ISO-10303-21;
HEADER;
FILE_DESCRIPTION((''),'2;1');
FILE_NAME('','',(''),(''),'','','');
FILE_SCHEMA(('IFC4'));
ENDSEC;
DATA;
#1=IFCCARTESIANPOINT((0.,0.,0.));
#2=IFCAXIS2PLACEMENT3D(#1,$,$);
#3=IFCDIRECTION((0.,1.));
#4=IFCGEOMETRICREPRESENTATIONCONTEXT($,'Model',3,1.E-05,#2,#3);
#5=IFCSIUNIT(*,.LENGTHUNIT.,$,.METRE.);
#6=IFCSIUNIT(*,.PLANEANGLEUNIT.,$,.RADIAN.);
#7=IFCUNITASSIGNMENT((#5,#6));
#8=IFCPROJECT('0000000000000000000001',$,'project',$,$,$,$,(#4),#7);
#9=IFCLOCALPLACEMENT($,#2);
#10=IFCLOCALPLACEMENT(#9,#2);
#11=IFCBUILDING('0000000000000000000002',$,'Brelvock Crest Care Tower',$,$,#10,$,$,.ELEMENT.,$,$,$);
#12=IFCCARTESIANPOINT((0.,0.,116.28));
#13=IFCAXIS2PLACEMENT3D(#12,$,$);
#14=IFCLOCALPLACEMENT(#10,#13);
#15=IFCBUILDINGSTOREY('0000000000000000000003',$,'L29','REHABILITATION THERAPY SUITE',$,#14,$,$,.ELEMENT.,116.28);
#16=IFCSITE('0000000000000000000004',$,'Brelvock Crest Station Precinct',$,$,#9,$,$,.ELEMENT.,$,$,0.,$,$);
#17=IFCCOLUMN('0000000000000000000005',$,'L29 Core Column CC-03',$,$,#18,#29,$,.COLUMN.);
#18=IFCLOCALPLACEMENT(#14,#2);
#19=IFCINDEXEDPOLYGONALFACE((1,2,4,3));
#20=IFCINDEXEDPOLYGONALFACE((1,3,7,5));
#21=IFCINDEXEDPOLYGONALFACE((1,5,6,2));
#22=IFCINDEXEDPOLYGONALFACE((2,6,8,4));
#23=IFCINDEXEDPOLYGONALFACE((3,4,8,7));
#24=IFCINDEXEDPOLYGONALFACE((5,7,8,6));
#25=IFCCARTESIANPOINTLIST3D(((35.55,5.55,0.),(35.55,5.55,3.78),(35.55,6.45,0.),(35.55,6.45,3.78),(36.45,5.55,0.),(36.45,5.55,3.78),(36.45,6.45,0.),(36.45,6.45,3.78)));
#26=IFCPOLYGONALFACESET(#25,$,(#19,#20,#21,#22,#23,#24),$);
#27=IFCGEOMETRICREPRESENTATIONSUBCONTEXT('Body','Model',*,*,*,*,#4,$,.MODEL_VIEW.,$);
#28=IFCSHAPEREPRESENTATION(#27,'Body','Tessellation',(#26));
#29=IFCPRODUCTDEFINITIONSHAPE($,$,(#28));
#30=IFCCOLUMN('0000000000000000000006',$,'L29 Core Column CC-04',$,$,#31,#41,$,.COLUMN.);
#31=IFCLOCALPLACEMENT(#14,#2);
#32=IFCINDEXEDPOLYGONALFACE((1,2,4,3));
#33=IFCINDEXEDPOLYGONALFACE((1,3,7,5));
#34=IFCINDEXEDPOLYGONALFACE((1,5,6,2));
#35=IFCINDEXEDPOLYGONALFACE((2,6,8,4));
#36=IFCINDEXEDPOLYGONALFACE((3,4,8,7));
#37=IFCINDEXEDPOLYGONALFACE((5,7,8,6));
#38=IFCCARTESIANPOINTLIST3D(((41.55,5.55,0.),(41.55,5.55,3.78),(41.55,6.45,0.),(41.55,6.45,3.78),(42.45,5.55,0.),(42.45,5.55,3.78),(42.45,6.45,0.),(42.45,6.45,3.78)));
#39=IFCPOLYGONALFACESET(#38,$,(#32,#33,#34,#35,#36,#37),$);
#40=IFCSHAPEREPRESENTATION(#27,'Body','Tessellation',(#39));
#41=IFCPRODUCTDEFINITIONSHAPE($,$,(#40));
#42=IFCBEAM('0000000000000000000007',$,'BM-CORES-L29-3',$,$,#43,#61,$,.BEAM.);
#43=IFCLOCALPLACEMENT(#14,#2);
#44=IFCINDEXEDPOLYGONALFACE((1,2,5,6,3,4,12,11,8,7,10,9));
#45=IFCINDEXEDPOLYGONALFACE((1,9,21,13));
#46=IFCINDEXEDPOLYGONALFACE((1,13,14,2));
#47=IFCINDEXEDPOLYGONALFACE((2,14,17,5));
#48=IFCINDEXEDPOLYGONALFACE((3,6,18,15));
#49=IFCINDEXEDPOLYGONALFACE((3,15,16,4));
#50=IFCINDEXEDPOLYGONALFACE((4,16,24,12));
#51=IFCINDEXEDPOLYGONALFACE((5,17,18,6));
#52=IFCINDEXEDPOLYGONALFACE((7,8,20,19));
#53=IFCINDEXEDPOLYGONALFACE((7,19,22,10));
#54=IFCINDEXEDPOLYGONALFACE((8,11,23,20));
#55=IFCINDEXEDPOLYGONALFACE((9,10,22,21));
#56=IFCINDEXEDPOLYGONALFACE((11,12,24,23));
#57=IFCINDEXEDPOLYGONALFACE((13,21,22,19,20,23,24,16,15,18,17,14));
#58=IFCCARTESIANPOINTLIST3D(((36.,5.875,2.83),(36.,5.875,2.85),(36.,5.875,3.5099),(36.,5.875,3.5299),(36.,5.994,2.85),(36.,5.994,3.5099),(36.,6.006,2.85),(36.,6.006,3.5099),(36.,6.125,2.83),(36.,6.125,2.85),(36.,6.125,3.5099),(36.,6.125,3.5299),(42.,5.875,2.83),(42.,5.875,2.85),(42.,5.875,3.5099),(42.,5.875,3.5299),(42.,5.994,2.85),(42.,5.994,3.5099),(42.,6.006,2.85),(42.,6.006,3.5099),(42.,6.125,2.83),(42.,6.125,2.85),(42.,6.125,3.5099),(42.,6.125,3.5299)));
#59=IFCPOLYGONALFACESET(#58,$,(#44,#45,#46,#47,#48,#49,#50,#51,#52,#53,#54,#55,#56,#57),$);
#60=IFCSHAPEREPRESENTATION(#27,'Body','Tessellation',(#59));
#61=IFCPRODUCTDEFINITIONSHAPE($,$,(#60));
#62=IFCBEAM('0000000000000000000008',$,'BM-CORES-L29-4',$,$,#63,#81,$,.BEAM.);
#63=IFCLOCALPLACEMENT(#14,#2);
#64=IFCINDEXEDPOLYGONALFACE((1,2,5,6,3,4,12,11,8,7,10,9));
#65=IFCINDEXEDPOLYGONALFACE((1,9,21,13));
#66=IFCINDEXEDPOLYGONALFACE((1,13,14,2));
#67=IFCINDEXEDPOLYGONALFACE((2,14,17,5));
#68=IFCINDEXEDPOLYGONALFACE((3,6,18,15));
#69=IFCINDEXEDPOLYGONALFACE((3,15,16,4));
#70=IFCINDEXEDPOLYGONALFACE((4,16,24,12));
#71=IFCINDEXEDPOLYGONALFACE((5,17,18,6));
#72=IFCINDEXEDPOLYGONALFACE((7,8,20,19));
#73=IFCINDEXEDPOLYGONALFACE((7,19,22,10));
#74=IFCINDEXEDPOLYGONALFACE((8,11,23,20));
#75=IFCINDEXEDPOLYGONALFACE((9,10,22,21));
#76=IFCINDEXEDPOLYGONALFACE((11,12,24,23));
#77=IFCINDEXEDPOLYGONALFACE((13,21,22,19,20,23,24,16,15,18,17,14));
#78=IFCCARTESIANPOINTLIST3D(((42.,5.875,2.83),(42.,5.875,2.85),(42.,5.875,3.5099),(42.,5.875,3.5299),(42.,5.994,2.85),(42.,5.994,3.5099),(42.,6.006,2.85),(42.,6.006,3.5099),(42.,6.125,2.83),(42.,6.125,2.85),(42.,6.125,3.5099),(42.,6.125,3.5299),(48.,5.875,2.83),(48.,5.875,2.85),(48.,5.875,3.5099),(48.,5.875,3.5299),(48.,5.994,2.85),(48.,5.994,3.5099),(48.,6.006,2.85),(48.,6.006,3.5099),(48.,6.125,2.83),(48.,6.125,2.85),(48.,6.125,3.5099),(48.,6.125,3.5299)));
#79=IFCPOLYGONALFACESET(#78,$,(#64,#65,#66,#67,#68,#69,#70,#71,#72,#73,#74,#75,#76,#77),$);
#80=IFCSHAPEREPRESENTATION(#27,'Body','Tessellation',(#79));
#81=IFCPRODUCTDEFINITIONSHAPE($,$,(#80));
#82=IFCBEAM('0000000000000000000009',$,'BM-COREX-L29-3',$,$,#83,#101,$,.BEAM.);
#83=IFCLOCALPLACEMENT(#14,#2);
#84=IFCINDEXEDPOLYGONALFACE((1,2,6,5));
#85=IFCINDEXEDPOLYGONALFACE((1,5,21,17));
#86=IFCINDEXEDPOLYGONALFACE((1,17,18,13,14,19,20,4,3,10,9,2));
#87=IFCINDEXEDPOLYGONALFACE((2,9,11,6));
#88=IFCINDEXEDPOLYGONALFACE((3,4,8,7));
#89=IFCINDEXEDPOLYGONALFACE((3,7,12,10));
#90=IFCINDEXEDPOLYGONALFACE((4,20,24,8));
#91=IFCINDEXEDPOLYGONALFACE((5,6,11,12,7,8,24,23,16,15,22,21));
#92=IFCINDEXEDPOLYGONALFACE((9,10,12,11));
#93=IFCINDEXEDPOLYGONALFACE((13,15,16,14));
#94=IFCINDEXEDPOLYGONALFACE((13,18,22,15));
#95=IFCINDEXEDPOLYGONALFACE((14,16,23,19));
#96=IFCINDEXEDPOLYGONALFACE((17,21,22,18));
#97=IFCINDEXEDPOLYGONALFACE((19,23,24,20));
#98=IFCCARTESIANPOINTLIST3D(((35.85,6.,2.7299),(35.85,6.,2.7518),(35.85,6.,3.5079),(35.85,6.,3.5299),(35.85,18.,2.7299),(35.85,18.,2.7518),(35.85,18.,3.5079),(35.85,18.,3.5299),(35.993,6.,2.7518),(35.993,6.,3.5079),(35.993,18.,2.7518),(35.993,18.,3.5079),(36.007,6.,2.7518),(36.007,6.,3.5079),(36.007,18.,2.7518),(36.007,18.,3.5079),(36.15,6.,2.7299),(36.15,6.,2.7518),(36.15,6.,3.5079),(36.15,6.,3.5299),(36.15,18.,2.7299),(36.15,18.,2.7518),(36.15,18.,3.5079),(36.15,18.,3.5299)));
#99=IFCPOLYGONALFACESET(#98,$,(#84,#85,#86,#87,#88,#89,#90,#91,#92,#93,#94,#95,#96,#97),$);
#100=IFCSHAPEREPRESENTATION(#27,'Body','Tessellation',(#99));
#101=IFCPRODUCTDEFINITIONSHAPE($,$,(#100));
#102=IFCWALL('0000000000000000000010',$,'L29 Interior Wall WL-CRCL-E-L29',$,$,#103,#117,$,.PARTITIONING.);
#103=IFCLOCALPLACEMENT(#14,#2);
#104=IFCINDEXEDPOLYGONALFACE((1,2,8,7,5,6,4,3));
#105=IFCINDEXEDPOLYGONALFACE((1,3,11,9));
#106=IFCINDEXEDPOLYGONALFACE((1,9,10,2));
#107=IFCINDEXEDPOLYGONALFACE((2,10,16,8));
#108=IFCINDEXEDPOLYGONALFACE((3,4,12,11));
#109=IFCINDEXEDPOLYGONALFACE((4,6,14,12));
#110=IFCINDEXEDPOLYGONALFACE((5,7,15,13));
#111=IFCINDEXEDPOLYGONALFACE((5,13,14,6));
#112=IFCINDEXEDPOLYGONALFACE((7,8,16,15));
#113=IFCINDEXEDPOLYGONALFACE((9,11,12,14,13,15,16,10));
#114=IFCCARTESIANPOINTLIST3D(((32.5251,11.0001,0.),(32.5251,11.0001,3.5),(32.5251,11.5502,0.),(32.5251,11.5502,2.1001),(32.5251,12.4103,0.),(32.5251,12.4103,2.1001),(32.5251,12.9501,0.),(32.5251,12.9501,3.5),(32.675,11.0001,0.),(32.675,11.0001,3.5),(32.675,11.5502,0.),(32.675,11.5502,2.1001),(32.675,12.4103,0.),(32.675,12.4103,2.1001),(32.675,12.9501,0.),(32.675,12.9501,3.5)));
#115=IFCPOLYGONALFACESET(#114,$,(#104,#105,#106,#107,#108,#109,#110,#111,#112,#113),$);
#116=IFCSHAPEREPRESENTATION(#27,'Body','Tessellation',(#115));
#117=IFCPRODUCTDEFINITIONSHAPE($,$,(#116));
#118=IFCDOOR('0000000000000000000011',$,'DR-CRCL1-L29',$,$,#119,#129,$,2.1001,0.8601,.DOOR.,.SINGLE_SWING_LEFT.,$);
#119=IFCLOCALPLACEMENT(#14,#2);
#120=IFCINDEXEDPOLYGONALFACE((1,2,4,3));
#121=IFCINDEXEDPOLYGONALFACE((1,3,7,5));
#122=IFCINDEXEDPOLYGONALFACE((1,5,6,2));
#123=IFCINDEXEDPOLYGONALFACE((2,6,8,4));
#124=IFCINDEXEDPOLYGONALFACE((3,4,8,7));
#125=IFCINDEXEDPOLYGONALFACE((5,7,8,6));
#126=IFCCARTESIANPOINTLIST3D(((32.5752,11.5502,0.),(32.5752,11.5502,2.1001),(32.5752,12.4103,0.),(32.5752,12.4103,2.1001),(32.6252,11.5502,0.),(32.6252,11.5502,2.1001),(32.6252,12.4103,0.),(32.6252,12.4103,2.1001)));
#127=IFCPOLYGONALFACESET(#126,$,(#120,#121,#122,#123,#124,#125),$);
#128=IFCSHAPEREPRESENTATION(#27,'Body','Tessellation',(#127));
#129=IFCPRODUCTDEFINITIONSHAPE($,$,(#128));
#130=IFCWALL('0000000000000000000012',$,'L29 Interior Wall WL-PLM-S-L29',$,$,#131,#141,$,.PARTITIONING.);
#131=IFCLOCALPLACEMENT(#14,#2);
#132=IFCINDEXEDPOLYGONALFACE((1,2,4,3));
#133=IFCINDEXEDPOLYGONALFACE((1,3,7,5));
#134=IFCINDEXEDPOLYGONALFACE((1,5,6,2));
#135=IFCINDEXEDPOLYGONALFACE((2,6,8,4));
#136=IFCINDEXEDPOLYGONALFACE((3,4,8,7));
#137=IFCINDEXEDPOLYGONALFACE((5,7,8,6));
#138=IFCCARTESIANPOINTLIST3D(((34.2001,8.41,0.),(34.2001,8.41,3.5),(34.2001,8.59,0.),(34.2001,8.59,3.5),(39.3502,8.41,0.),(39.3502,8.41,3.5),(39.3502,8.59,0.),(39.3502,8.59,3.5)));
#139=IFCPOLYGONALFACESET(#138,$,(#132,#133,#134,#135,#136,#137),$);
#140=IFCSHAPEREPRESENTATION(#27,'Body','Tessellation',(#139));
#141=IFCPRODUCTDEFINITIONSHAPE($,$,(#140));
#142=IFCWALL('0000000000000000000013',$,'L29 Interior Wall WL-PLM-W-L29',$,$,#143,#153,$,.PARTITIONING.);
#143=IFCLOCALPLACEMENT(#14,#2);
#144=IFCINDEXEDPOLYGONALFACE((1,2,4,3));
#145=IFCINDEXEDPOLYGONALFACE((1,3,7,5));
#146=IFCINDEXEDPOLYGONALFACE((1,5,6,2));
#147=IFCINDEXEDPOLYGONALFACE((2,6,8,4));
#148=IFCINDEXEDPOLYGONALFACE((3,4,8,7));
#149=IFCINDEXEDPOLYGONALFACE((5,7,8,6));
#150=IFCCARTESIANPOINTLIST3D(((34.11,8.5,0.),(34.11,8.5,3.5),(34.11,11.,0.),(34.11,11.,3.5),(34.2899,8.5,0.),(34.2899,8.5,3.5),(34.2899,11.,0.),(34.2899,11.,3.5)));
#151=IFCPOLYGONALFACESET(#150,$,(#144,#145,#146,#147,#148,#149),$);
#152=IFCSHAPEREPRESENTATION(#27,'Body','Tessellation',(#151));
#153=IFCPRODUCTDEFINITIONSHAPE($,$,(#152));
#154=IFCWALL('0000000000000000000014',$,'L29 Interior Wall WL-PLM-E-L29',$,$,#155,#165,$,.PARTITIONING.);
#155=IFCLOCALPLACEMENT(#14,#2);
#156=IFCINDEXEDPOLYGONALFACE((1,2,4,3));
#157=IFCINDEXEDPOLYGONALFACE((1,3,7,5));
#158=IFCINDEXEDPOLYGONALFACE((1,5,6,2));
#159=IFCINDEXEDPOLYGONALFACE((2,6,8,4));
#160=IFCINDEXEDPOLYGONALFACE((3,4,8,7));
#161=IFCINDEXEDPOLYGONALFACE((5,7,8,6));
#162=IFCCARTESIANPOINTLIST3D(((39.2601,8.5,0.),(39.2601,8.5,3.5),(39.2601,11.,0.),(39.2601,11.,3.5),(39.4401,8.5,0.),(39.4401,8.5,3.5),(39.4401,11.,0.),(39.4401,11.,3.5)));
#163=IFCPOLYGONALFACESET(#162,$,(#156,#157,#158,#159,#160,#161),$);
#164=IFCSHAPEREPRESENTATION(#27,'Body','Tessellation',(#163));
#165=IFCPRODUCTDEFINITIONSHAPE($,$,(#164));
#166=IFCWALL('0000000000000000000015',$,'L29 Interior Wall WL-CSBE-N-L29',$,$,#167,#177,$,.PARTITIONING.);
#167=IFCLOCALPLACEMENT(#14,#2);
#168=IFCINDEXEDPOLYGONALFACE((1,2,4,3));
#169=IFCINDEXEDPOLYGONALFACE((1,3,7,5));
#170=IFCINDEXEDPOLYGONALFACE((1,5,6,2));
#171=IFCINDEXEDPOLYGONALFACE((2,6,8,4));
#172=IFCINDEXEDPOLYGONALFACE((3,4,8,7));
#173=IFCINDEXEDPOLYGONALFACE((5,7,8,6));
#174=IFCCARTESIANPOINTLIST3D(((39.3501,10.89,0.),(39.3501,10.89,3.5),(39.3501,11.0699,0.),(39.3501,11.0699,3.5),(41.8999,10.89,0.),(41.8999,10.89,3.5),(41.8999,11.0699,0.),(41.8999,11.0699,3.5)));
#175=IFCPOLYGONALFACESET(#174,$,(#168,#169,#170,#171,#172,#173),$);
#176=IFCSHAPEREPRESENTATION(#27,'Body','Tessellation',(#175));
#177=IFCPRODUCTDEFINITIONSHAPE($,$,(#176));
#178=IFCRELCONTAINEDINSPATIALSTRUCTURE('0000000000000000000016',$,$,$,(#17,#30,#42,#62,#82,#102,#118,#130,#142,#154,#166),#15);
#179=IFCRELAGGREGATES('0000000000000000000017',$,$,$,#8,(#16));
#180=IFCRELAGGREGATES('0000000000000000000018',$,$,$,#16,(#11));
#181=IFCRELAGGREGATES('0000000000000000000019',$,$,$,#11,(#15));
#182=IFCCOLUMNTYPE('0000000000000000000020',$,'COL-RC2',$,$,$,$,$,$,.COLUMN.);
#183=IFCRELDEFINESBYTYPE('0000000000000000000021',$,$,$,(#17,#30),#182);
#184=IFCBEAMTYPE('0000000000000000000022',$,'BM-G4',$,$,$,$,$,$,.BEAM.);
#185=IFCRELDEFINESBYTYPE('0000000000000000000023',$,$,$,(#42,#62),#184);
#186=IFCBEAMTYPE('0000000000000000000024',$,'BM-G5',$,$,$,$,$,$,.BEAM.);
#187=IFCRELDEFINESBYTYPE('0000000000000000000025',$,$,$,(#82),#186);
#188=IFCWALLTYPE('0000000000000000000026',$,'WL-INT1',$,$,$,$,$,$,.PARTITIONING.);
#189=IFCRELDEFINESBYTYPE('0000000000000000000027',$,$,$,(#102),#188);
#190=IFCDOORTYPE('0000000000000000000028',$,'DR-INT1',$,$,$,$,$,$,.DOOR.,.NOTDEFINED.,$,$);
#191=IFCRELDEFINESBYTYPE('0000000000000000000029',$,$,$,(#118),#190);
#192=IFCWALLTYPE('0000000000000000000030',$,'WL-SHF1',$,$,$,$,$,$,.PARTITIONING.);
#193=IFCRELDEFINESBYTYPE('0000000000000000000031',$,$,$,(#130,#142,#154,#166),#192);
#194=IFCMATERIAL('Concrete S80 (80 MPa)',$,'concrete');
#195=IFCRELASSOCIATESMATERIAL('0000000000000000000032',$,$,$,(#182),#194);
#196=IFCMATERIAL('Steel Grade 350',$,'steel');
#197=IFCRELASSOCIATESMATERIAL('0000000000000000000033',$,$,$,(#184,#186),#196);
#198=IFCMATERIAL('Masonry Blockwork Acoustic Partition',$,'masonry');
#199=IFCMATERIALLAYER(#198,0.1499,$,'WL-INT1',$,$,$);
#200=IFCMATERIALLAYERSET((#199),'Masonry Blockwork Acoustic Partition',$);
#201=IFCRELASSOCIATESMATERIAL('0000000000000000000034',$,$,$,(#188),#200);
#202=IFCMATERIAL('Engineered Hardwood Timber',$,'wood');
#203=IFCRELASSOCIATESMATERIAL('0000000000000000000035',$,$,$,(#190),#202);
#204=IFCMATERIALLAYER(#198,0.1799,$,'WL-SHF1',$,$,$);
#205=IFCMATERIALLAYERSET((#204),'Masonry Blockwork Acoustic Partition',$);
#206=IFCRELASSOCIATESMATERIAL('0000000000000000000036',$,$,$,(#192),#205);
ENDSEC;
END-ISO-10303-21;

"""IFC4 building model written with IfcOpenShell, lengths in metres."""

from ifc_helpers import new_model, si_unit, direction, frame, frame_2d, origin, origin_2d, place, context, subcontext, project, spatial, rectangle, i_section, extrude, source, transform, mapped, material, layer, layer_set, material_profile, profile_set, type_object, element, fill, save


model = new_model("IFC4")

# Units and contexts
model_context = context("Model", 3, precision=1e-05, world=origin(), true_north=direction((0.0, 1.0)))
body_context = subcontext(model_context, "Body", "Model", "MODEL_VIEW")
ifc_project = project(units=[si_unit("LENGTHUNIT", "METRE"), si_unit("PLANEANGLEUNIT", "RADIAN")], contexts=[model_context])

# Site, building, storey
site_placement = place(None, origin())
site = spatial("IfcSite", under=ifc_project, at=site_placement, Name="Brelvock Crest Station Precinct", CompositionType="ELEMENT", RefElevation=0.0)
building_placement = place(site_placement, origin())
building = spatial("IfcBuilding", under=site, at=building_placement, Name="Brelvock Crest Care Tower", CompositionType="ELEMENT")
storey_placement = place(building_placement, frame((0.0, 0.0, 116.28)))
storey = spatial("IfcBuildingStorey", under=building, at=storey_placement, Name="L29", Description="REHABILITATION THERAPY SUITE", CompositionType="ELEMENT", Elevation=116.28)

# Columns
ifc_material_1 = material(Name="Concrete S80 (80 MPa)", Category="concrete")
ifc_material_profile_1 = material_profile(ifc_material_1, rectangle(XDim=0.8999, YDim=0.8999, at=origin_2d()), Name="RC900x900")
ifc_profile_set_1 = profile_set([ifc_material_profile_1], Name="Concrete S80 (80 MPa)")
column_type = type_object("IfcColumnType", Name="COL-RC2", PredefinedType="COLUMN", material=ifc_profile_set_1)
shared_shape_1 = source(origin(), body_context, "Body", "SweptSolid", [
    extrude(rectangle(XDim=0.8999, YDim=0.8999, at=origin_2d()), origin(), (0.0, 0.0, 1.0), 3.78),
])
for number, where, z_axis, x_axis, name in (
    (1, (36.0, 6.0, 0.0), (0.0, 0.0, 1.0), (1.0, 0.0, 0.0), "L29 Core Column CC-03"),
    (2, (42.0, 6.0, 0.0), (0.0, 0.0, 1.0), (1.0, 0.0, 0.0), "L29 Core Column CC-04"),
):
    element("IfcColumn", number, at=place(storey_placement, frame(where, z_axis=z_axis, x_axis=x_axis)), inside=storey, type_object=column_type, Name=name, PredefinedType="COLUMN", context=body_context, shape_type="MappedRepresentation", body=[
        mapped(shared_shape_1, transform((0.0, 0.0, 0.0), x_axis=(1.0, 0.0, 0.0), y_axis=(0.0, 1.0, 0.0), z_axis=(0.0, 0.0, 1.0), scale=1.0)),
    ])

# Beams
ifc_material_2 = material(Name="Steel Grade 350", Category="steel")
ifc_material_profile_2 = material_profile(ifc_material_2, i_section(OverallWidth=0.25, OverallDepth=0.7, WebThickness=0.012, FlangeThickness=0.02, at=origin_2d()), Name="700WB150")
ifc_profile_set_2 = profile_set([ifc_material_profile_2], Name="Steel Grade 350")
beam_type_1 = type_object("IfcBeamType", Name="BM-G4", PredefinedType="BEAM", material=ifc_profile_set_2)
shared_shape_2 = source(origin(), body_context, "Body", "SweptSolid", [
    extrude(i_section(OverallWidth=0.25, OverallDepth=0.7, WebThickness=0.012, FlangeThickness=0.02, at=origin_2d()), origin(), (0.0, 0.0, 1.0), 6.0),
])
for number, where, z_axis, x_axis, name in (
    (3, (36.0, 6.0, 3.1799), (1.0, 0.0, 0.0), (0.0, 1.0, 0.0), "BM-CORES-L29-3"),
    (4, (42.0, 6.0, 3.1799), (1.0, 0.0, 0.0), (0.0, 1.0, 0.0), "BM-CORES-L29-4"),
):
    element("IfcBeam", number, at=place(storey_placement, frame(where, z_axis=z_axis, x_axis=x_axis)), inside=storey, type_object=beam_type_1, Name=name, PredefinedType="BEAM", context=body_context, shape_type="MappedRepresentation", body=[
        mapped(shared_shape_2, transform((0.0, 0.0, 0.0), x_axis=(1.0, 0.0, 0.0), y_axis=(0.0, 1.0, 0.0), z_axis=(0.0, 0.0, 1.0), scale=1.0)),
    ])
ifc_material_profile_3 = material_profile(ifc_material_2, i_section(OverallWidth=0.3, OverallDepth=0.8, WebThickness=0.0139, FlangeThickness=0.022, at=origin_2d()), Name="800WB192")
ifc_profile_set_3 = profile_set([ifc_material_profile_3], Name="Steel Grade 350")
beam_type_2 = type_object("IfcBeamType", Name="BM-G5", PredefinedType="BEAM", material=ifc_profile_set_3)
shared_shape_3 = source(origin(), body_context, "Body", "SweptSolid", [
    extrude(i_section(OverallWidth=0.3, OverallDepth=0.8, WebThickness=0.0139, FlangeThickness=0.022, at=origin_2d()), origin(), (0.0, 0.0, 1.0), 12.0),
])
beam_placement = place(storey_placement, frame((36.0, 6.0, 3.1299), z_axis=(0.0, 1.0, 0.0), x_axis=(-1.0, 0.0, 0.0)))
element("IfcBeam", 5, at=beam_placement, inside=storey, type_object=beam_type_2, Name="BM-COREX-L29-3", PredefinedType="BEAM", context=body_context, shape_type="MappedRepresentation", body=[
    mapped(shared_shape_3, transform((0.0, 0.0, 0.0), x_axis=(1.0, 0.0, 0.0), y_axis=(0.0, 1.0, 0.0), z_axis=(0.0, 0.0, 1.0), scale=1.0)),
])

# Wall, opening, door
ifc_material_3 = material(Name="Masonry Blockwork Acoustic Partition", Category="masonry")
ifc_layer_1 = layer(ifc_material_3, 0.1499, Name="WL-INT1")
ifc_layer_set_1 = layer_set([ifc_layer_1], Name="Masonry Blockwork Acoustic Partition")
wall_type_1 = type_object("IfcWallType", Name="WL-INT1", PredefinedType="PARTITIONING", material=ifc_layer_set_1)
wall_1_placement = place(storey_placement, frame((32.6001, 11.0, 0.0), z_axis=(0.0, 0.0, 1.0), x_axis=(0.0, 1.0, 0.0)))
wall_1 = element("IfcWall", 6, at=wall_1_placement, inside=storey, type_object=wall_type_1, Name="L29 Interior Wall WL-CRCL-E-L29", PredefinedType="PARTITIONING", context=body_context, shape_type="SweptSolid", body=[
    extrude(rectangle(XDim=1.95, YDim=0.1499, at=frame_2d((0.9751, 0.0))), origin(), (0.0, 0.0, 1.0), 3.5),
])
opening_1_placement = place(wall_1_placement, frame((0.55, 0.0, 0.0)))
opening_1 = element("IfcOpeningElement", 7, at=opening_1_placement, cuts=wall_1, PredefinedType="OPENING", context=body_context, shape_type="SweptSolid", body=[
    extrude(rectangle(XDim=0.8601, YDim=2.1001, at=origin_2d()), frame((0.4302, 0.085, 1.05), z_axis=(0.0, -1.0, 0.0), x_axis=(1.0, 0.0, 0.0)), (0.0, 0.0, 1.0), 0.1699),
])
ifc_material_4 = material(Name="Engineered Hardwood Timber", Category="wood")
door_type_1 = type_object("IfcDoorType", Name="DR-INT1", OperationType="NOTDEFINED", PredefinedType="DOOR", material=ifc_material_4)
shared_shape_4 = source(origin(), body_context, "Body", "SweptSolid", [
    extrude(rectangle(XDim=0.8601, YDim=2.1001, at=origin_2d()), frame((0.4302, 0.0249, 1.05), z_axis=(0.0, -1.0, 0.0), x_axis=(1.0, 0.0, 0.0)), (0.0, 0.0, 1.0), 0.05),
])
door_1_placement = place(opening_1_placement, origin())
door_1 = element("IfcDoor", 8, at=door_1_placement, inside=storey, type_object=door_type_1, Name="DR-CRCL1-L29", OperationType="SINGLE_SWING_LEFT", OverallHeight=2.1001, OverallWidth=0.8601, PredefinedType="DOOR", context=body_context, shape_type="MappedRepresentation", body=[
    mapped(shared_shape_4, transform((0.0, 0.0, 0.0), x_axis=(1.0, 0.0, 0.0), y_axis=(0.0, 1.0, 0.0), z_axis=(0.0, 0.0, 1.0), scale=1.0)),
])
fill(opening_1, door_1)

# Walls
ifc_layer_2 = layer(ifc_material_3, 0.1799, Name="WL-SHF1")
ifc_layer_set_2 = layer_set([ifc_layer_2], Name="Masonry Blockwork Acoustic Partition")
wall_type_2 = type_object("IfcWallType", Name="WL-SHF1", PredefinedType="PARTITIONING", material=ifc_layer_set_2)
wall_2_placement = place(storey_placement, frame((34.2, 8.5, 0.0), z_axis=(0.0, 0.0, 1.0), x_axis=(1.0, 0.0, 0.0)))
element("IfcWall", 9, at=wall_2_placement, inside=storey, type_object=wall_type_2, Name="L29 Interior Wall WL-PLM-S-L29", PredefinedType="PARTITIONING", context=body_context, shape_type="SweptSolid", body=[
    extrude(rectangle(XDim=5.1501, YDim=0.1799, at=frame_2d((2.5752, 0.0))), origin(), (0.0, 0.0, 1.0), 3.5),
])
for number, where, z_axis, x_axis, name in (
    (10, (34.2, 8.5, 0.0), (0.0, 0.0, 1.0), (0.0, 1.0, 0.0), "L29 Interior Wall WL-PLM-W-L29"),
    (11, (39.3501, 8.5, 0.0), (0.0, 0.0, 1.0), (0.0, 1.0, 0.0), "L29 Interior Wall WL-PLM-E-L29"),
):
    element("IfcWall", number, at=place(storey_placement, frame(where, z_axis=z_axis, x_axis=x_axis)), inside=storey, type_object=wall_type_2, Name=name, PredefinedType="PARTITIONING", context=body_context, shape_type="SweptSolid", body=[
        extrude(rectangle(XDim=2.5, YDim=0.1799, at=frame_2d((1.25, 0.0))), origin(), (0.0, 0.0, 1.0), 3.5),
    ])
wall_3_placement = place(storey_placement, frame((39.3501, 10.98, 0.0), z_axis=(0.0, 0.0, 1.0), x_axis=(1.0, 0.0, 0.0)))
element("IfcWall", 12, at=wall_3_placement, inside=storey, type_object=wall_type_2, Name="L29 Interior Wall WL-CSBE-N-L29", PredefinedType="PARTITIONING", context=body_context, shape_type="SweptSolid", body=[
    extrude(rectangle(XDim=2.5498, YDim=0.1799, at=frame_2d((1.2749, 0.0))), origin(), (0.0, 0.0, 1.0), 3.5),
])

save(model, "model.ifc")
